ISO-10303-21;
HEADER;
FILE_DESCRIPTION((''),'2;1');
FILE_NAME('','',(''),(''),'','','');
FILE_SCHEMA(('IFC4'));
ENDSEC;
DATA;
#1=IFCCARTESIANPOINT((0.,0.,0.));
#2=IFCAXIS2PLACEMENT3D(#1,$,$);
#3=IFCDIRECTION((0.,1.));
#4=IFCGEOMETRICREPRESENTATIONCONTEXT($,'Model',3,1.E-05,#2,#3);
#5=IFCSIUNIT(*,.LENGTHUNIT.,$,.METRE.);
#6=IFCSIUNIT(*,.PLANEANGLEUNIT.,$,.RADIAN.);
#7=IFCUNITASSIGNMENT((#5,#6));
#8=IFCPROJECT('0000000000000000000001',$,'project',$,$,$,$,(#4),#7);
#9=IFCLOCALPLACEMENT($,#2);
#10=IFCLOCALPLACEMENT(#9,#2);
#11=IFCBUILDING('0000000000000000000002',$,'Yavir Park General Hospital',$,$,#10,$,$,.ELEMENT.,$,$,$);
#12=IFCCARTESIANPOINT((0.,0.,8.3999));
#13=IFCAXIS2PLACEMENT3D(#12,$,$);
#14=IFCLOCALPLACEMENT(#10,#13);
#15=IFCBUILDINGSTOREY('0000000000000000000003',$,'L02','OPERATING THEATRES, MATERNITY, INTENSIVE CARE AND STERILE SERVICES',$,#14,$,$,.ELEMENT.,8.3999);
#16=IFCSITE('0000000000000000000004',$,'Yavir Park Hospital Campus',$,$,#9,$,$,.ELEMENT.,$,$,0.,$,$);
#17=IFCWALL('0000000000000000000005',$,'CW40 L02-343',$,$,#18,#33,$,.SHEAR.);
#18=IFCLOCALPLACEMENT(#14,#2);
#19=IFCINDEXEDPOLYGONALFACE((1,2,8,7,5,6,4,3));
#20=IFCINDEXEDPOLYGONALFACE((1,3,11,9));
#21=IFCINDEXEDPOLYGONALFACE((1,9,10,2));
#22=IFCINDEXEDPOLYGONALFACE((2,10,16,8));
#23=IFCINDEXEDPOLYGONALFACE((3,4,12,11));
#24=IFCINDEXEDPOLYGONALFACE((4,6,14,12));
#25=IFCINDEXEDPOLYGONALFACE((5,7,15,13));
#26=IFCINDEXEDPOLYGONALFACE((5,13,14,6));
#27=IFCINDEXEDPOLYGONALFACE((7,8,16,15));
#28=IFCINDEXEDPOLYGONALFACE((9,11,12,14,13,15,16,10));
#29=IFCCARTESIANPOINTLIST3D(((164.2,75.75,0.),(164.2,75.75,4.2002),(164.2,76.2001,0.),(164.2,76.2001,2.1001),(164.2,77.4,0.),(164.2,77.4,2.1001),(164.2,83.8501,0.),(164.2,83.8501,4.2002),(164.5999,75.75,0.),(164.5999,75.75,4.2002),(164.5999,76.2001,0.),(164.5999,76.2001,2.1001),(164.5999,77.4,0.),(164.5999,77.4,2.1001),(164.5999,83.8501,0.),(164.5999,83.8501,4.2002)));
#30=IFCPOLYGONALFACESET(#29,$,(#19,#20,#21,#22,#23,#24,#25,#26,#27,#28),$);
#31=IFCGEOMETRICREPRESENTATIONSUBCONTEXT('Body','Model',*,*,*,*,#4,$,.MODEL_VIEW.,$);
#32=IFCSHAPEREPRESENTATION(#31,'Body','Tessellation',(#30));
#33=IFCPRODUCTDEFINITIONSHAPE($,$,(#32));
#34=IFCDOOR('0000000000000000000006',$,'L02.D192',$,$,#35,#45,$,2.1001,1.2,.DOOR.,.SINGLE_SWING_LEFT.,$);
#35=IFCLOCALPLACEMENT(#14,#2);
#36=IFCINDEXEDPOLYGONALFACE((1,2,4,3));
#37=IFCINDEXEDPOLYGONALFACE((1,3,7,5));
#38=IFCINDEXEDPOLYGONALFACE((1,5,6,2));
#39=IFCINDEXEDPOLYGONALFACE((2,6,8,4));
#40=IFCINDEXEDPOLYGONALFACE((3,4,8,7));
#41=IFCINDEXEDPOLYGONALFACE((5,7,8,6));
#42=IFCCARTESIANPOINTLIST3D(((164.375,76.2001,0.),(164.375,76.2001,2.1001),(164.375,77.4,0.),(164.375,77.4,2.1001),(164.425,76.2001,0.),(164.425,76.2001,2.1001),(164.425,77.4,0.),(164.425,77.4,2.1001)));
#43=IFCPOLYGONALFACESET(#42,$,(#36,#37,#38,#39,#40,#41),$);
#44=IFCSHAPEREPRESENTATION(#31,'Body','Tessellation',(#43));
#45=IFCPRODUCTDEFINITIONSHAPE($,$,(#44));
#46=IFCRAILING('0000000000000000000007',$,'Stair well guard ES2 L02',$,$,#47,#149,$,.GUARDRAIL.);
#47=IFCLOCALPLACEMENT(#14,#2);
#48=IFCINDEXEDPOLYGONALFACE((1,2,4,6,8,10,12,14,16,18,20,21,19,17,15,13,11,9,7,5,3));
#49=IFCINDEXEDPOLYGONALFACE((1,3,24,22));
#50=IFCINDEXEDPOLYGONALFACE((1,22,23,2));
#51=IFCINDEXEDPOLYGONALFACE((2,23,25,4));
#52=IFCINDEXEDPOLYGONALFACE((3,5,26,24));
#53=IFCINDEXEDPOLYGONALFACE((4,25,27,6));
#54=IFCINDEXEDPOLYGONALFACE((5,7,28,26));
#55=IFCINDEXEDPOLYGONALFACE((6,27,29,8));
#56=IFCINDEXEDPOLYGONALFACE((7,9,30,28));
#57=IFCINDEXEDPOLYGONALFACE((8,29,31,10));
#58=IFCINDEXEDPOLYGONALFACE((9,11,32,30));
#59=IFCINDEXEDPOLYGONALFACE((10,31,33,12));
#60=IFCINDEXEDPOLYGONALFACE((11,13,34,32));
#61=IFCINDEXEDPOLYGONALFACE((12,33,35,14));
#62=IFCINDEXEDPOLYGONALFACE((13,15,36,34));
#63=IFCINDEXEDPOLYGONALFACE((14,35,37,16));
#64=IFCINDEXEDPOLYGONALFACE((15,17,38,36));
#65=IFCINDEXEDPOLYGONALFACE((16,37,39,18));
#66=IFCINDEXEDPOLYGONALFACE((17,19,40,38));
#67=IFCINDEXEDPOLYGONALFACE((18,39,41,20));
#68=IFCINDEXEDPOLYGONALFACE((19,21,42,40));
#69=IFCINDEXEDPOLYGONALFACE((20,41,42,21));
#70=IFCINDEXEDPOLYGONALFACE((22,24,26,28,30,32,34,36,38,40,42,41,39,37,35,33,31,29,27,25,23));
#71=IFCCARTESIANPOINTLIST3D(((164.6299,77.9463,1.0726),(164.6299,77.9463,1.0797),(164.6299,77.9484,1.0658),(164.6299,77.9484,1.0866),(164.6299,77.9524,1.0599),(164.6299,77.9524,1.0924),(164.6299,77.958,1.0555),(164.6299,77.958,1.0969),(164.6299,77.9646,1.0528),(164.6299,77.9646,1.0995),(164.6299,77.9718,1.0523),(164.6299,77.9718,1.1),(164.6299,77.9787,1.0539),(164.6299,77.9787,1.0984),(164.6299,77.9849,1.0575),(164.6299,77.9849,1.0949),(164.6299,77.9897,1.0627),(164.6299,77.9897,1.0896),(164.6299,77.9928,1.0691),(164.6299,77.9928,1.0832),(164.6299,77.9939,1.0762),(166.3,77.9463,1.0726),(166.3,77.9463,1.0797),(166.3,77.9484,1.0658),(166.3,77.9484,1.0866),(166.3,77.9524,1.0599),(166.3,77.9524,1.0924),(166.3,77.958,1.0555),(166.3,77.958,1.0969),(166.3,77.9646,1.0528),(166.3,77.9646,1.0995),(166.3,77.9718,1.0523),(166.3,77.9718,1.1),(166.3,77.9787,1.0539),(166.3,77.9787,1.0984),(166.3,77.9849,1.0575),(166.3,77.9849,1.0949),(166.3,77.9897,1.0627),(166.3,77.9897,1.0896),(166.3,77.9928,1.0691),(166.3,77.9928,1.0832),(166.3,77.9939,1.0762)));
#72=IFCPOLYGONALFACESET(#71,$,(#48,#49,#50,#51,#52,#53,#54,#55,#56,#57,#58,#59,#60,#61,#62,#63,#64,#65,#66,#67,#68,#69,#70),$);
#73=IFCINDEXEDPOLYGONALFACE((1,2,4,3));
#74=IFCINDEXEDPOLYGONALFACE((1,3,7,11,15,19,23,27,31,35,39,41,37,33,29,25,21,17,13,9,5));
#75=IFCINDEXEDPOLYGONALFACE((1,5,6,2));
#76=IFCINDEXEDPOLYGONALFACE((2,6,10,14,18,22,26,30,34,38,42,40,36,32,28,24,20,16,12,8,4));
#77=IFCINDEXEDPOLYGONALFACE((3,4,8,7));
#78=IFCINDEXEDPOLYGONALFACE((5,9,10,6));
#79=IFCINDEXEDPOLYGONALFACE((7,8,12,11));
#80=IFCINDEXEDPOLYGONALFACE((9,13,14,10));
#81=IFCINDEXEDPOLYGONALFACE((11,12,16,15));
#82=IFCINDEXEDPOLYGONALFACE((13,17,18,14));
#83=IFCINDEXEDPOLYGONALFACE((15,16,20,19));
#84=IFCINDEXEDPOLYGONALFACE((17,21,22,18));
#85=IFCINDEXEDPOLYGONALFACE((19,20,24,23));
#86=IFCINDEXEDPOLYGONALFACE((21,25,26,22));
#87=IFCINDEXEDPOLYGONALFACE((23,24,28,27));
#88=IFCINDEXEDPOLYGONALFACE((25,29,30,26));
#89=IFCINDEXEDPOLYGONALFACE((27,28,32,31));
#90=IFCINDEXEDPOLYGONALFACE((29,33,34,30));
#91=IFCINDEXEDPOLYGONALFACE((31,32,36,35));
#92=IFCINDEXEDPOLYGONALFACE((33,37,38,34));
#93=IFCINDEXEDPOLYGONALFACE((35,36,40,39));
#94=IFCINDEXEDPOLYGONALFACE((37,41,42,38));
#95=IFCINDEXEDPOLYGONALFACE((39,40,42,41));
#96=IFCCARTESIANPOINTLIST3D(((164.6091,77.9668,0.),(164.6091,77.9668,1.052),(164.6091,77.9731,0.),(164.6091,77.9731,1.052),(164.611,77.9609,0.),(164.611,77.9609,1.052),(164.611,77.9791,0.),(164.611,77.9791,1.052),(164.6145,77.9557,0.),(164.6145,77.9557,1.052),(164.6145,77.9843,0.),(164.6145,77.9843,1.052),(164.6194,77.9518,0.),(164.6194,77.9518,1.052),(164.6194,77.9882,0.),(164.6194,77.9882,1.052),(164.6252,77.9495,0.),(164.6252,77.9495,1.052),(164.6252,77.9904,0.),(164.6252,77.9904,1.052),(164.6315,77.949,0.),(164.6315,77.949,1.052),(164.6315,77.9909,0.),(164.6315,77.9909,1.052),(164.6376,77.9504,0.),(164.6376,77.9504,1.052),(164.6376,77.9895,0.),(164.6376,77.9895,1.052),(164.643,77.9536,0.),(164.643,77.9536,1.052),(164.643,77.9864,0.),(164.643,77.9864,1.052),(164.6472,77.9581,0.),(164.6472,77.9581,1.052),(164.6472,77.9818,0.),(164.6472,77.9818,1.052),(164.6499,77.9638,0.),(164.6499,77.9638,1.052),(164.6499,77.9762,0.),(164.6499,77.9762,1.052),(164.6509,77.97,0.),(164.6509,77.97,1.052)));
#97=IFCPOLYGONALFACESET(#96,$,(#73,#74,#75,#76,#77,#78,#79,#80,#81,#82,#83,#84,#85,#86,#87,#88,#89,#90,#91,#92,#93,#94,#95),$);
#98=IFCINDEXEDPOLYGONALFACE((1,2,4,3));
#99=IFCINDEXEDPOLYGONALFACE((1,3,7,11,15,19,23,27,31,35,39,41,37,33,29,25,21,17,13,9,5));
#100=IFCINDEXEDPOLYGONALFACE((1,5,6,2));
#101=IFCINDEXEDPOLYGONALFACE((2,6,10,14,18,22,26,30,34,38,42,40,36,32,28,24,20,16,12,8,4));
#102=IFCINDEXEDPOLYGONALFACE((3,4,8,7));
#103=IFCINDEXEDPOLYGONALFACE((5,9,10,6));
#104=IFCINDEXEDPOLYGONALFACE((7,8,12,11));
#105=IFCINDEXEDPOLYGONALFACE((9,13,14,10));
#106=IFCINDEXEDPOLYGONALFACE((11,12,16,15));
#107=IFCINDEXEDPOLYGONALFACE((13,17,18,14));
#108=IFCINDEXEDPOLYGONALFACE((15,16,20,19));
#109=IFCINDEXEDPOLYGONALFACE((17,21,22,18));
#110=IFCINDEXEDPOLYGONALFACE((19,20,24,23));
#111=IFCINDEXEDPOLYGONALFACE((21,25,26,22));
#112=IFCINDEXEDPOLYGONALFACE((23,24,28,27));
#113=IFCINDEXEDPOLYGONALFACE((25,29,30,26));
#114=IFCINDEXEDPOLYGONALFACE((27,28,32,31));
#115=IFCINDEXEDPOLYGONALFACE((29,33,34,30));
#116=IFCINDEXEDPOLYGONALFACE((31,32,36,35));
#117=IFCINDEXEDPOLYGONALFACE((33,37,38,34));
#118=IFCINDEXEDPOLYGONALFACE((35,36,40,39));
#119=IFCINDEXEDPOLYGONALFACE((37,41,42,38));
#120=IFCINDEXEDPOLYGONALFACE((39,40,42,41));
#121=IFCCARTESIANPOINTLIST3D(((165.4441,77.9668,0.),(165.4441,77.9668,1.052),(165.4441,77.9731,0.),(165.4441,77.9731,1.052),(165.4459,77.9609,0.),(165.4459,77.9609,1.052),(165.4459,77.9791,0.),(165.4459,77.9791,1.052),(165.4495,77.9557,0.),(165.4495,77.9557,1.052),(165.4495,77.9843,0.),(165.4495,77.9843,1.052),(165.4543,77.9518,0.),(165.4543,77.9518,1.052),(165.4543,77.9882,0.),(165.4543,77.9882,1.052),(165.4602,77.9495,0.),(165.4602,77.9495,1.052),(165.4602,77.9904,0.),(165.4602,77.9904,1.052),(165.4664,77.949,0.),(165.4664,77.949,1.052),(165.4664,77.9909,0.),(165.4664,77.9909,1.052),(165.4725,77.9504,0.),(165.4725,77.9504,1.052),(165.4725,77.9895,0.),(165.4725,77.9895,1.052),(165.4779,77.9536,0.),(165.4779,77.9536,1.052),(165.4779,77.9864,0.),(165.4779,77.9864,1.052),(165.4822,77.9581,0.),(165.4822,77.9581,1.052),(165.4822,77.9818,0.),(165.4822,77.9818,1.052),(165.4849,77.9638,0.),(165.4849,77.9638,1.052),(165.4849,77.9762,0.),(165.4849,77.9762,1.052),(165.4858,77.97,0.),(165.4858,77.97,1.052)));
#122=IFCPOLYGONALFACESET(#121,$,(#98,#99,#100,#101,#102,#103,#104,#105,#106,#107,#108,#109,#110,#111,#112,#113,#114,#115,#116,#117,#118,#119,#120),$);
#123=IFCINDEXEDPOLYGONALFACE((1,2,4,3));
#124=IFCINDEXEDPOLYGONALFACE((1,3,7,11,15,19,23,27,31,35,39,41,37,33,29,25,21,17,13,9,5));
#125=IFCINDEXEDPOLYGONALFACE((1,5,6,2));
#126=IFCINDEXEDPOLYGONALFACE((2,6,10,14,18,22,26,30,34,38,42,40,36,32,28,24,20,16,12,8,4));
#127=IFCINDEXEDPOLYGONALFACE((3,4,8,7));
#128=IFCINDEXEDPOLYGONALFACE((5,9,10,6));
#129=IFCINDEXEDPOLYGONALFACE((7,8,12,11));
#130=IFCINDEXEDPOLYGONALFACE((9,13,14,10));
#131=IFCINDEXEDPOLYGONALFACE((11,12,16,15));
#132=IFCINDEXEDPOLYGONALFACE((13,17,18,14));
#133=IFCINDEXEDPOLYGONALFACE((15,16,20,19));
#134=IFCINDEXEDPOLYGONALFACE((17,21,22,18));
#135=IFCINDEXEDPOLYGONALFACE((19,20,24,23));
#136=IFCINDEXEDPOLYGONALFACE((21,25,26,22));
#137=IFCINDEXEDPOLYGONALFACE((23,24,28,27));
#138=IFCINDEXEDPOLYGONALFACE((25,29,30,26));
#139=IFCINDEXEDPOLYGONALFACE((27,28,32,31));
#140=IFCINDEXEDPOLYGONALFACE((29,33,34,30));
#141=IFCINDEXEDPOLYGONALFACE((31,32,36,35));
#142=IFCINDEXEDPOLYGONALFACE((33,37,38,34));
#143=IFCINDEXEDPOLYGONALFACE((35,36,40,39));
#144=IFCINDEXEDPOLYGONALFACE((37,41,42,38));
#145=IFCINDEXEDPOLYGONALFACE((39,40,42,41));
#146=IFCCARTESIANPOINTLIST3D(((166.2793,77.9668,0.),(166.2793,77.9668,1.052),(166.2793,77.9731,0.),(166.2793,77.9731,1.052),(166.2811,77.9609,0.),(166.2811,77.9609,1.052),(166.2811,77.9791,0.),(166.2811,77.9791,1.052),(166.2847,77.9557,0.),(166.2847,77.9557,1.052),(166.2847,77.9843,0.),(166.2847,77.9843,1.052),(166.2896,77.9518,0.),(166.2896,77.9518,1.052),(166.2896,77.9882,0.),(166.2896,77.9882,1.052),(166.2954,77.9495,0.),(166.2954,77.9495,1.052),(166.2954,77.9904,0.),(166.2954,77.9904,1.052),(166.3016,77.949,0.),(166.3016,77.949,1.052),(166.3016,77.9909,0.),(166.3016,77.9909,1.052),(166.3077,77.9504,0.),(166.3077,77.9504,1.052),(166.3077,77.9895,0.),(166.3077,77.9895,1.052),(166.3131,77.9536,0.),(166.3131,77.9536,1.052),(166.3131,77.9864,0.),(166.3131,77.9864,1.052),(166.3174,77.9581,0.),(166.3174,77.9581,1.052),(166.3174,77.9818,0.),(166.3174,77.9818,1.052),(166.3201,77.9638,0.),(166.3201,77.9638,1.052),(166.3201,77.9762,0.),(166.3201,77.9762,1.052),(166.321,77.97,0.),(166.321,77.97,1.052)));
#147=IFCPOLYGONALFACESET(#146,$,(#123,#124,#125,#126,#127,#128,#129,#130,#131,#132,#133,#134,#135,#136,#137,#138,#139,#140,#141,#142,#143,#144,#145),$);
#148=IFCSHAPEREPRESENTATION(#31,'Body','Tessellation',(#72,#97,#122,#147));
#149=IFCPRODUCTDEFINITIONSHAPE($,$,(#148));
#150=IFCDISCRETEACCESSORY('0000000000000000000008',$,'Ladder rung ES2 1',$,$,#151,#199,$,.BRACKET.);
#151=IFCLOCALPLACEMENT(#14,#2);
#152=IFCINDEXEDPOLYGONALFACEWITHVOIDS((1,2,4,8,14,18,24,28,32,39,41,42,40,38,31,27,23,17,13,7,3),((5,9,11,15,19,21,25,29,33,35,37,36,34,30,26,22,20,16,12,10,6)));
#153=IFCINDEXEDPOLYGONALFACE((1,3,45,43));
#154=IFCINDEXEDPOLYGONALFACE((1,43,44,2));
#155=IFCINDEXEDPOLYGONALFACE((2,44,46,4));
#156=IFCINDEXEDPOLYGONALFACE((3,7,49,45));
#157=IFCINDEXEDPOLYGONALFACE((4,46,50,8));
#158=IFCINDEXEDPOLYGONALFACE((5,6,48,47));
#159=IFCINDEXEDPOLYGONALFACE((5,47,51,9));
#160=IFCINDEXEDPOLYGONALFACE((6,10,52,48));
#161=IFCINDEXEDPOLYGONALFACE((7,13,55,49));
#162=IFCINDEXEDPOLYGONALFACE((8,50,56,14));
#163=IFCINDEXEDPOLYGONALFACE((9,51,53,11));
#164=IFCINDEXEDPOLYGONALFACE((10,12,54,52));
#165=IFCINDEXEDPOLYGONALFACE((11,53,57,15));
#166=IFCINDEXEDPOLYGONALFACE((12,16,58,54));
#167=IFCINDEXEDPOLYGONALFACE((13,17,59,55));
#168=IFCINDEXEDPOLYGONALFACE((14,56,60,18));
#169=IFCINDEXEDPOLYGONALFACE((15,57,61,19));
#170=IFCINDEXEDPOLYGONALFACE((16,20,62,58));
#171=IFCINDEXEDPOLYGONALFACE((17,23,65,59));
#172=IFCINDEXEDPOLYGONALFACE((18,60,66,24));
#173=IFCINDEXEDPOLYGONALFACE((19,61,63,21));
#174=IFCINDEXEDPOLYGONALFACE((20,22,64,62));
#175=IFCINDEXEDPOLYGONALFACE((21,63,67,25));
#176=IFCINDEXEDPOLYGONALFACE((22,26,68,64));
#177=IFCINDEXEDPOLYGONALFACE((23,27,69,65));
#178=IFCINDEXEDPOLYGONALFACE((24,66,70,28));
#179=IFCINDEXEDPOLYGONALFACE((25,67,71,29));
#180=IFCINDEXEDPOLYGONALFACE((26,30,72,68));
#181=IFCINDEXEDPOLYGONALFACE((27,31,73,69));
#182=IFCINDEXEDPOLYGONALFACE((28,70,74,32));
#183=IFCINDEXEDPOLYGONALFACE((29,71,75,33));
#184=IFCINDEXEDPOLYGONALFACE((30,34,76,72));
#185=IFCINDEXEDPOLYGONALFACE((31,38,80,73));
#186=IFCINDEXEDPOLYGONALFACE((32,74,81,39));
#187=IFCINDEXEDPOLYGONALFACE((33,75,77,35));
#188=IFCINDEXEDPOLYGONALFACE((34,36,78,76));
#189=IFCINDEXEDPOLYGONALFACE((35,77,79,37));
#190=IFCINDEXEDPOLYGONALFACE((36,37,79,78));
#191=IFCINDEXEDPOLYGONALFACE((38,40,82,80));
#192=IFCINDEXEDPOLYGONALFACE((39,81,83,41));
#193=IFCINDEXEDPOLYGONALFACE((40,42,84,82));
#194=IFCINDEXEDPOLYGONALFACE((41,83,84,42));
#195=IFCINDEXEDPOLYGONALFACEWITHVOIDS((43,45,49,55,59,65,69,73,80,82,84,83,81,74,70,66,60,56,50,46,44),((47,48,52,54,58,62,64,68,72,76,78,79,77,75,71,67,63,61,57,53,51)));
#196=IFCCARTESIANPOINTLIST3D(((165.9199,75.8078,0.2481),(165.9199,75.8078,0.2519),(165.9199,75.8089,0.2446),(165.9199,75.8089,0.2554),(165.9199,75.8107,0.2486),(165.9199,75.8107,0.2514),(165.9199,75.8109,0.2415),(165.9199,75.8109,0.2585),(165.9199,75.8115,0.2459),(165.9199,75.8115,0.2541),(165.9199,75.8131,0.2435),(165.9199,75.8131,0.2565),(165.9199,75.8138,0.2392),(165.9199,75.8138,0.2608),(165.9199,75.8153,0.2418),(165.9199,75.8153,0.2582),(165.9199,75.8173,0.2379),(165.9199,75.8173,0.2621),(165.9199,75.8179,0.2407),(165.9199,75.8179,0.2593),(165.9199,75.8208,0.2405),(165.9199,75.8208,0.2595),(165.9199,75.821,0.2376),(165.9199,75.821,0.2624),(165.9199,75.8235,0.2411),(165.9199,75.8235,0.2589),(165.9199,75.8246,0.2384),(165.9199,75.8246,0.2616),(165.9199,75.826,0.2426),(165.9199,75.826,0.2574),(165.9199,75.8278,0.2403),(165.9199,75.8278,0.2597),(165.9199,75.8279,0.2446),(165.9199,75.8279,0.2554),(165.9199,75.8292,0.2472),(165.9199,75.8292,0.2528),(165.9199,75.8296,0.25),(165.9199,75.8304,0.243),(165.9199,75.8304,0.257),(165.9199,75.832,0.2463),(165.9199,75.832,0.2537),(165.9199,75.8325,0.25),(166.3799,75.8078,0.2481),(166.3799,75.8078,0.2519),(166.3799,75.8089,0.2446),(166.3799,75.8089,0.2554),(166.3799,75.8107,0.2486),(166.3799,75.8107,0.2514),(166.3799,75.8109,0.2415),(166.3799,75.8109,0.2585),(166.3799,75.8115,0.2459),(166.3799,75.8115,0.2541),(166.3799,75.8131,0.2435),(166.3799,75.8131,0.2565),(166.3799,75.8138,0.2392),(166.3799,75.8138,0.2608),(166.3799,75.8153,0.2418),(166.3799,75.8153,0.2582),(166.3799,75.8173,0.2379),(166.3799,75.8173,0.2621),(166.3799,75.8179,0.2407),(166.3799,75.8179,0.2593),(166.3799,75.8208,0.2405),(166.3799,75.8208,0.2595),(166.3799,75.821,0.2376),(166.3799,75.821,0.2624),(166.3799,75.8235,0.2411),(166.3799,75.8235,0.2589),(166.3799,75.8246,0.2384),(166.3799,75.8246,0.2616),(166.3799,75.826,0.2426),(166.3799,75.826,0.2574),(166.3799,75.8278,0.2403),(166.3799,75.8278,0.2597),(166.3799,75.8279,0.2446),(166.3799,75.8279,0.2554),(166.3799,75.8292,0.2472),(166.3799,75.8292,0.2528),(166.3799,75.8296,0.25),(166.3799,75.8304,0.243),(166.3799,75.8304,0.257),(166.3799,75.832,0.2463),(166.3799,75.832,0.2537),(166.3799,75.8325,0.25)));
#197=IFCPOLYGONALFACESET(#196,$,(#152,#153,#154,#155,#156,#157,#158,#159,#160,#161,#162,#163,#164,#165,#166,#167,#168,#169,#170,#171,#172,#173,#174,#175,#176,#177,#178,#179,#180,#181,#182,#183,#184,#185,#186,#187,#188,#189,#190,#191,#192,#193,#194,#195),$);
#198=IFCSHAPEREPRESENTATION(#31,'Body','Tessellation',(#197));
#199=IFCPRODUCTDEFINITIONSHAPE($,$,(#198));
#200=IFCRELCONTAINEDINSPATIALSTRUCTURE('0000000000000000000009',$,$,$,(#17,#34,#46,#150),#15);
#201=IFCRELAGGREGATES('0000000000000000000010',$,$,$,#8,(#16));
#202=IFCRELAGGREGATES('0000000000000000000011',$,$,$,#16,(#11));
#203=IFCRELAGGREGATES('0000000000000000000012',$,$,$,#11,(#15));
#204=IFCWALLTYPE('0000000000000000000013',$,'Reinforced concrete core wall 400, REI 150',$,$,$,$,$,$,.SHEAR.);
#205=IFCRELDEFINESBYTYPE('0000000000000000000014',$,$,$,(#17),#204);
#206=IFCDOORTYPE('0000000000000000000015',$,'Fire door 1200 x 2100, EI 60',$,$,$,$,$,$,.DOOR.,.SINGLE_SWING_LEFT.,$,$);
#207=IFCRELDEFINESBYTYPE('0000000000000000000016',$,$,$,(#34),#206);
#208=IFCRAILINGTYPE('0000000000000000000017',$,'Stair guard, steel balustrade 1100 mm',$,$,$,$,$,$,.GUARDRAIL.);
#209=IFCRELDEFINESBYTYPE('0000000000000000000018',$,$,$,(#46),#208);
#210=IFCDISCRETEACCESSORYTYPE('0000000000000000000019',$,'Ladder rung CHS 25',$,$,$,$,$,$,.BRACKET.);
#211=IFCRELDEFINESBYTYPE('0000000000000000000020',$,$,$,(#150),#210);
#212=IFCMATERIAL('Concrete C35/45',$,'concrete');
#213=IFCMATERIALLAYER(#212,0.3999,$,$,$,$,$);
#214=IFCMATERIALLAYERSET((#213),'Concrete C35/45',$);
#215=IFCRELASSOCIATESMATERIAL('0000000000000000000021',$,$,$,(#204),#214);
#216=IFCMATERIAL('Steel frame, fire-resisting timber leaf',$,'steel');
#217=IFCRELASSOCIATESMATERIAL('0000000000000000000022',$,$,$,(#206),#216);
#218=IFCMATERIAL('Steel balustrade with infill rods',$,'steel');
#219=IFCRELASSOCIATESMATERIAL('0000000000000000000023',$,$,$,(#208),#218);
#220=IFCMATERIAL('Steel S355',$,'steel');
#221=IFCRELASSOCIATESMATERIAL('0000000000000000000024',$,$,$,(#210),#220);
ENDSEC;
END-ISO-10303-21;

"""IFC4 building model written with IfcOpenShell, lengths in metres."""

from ifc_helpers import new_model, si_unit, direction, frame, frame_2d, origin, origin_2d, place, context, subcontext, project, spatial, rectangle, circle, hollow_circle, extrude, material, layer, layer_set, material_profile, profile_set, type_object, element, fill, save


model = new_model("IFC4")

# Units and contexts
model_context = context("Model", 3, precision=1e-05, world=origin(), true_north=direction((0.0, 1.0)))
body_context = subcontext(model_context, "Body", "Model", "MODEL_VIEW")
ifc_project = project(units=[si_unit("LENGTHUNIT", "METRE"), si_unit("PLANEANGLEUNIT", "RADIAN")], contexts=[model_context])

# Site, building, storey
site_placement = place(None, origin())
site = spatial("IfcSite", under=ifc_project, at=site_placement, Name="Yavir Park Hospital Campus", CompositionType="ELEMENT", RefElevation=0.0)
building_placement = place(site_placement, origin())
building = spatial("IfcBuilding", under=site, at=building_placement, Name="Yavir Park General Hospital", CompositionType="ELEMENT")
storey_placement = place(building_placement, frame((0.0, 0.0, 8.3999)))
storey = spatial("IfcBuildingStorey", under=building, at=storey_placement, Name="L02", Description="OPERATING THEATRES, MATERNITY, INTENSIVE CARE AND STERILE SERVICES", CompositionType="ELEMENT", Elevation=8.3999)

# Wall, opening, door
ifc_material_1 = material(Name="Concrete C35/45", Category="concrete")
ifc_layer_1 = layer(ifc_material_1, 0.3999)
ifc_layer_set_1 = layer_set([ifc_layer_1], Name="Concrete C35/45")
wall_type_1 = type_object("IfcWallType", Name="Reinforced concrete core wall 400, REI 150", PredefinedType="SHEAR", material=ifc_layer_set_1)
wall_1_placement = place(storey_placement, frame((164.3999, 75.75, 0.0), z_axis=(0.0, 0.0, 1.0), x_axis=(0.0, 1.0, 0.0)))
wall_1 = element("IfcWall", 1, at=wall_1_placement, inside=storey, type_object=wall_type_1, Name="CW40 L02-343", PredefinedType="SHEAR", context=body_context, shape_type="SweptSolid", body=[
    extrude(rectangle(XDim=8.1001, YDim=0.3999, at=frame_2d((4.05, 0.0))), origin(), (0.0, 0.0, 1.0), 4.2002),
])
opening_placement = place(wall_1_placement, frame((0.45, 0.0, 0.0)))
opening = element("IfcOpeningElement", 2, at=opening_placement, cuts=wall_1, PredefinedType="OPENING", context=body_context, shape_type="SweptSolid", body=[
    extrude(rectangle(XDim=1.2, YDim=2.1001, at=frame_2d((0.6001, 1.05))), frame((0.0, 0.21, 0.0), z_axis=(0.0, -1.0, 0.0), x_axis=(1.0, 0.0, 0.0)), (0.0, 0.0, 1.0), 0.4199),
])
ifc_material_2 = material(Name="Steel frame, fire-resisting timber leaf", Category="steel")
door_type = type_object("IfcDoorType", Name="Fire door 1200 x 2100, EI 60", OperationType="SINGLE_SWING_LEFT", PredefinedType="DOOR", material=ifc_material_2)
door_placement = place(opening_placement, origin())
door = element("IfcDoor", 3, at=door_placement, inside=storey, type_object=door_type, Name="L02.D192", OperationType="SINGLE_SWING_LEFT", OverallHeight=2.1001, OverallWidth=1.2, PredefinedType="DOOR", context=body_context, shape_type="SweptSolid", body=[
    extrude(rectangle(XDim=1.2, YDim=2.1001, at=frame_2d((0.6001, 1.05))), frame((0.0, 0.0249, 0.0), z_axis=(0.0, -1.0, 0.0), x_axis=(1.0, 0.0, 0.0)), (0.0, 0.0, 1.0), 0.05),
])
fill(opening, door)

# Railing
ifc_material_3 = material(Name="Steel balustrade with infill rods", Category="steel")
railing_type = type_object("IfcRailingType", Name="Stair guard, steel balustrade 1100 mm", PredefinedType="GUARDRAIL", material=ifc_material_3)
railing_placement = place(storey_placement, frame((164.6299, 77.97, 0.0)))
element("IfcRailing", 4, at=railing_placement, inside=storey, type_object=railing_type, Name="Stair well guard ES2 L02", PredefinedType="GUARDRAIL", context=body_context, shape_type="SweptSolid", body=[
    extrude(circle(Radius=0.0239, at=origin_2d()), frame((0.0, 0.0, 1.0762), z_axis=(1.0, 0.0, 0.0), x_axis=(0.0, 1.0, 0.0)), (0.0, 0.0, 1.0), 1.6702),
    extrude(circle(Radius=0.021, at=origin_2d()), origin(), (0.0, 0.0, 1.0), 1.052),
    extrude(circle(Radius=0.021, at=origin_2d()), frame((0.835, 0.0, 0.0)), (0.0, 0.0, 1.0), 1.052),
    extrude(circle(Radius=0.021, at=origin_2d()), frame((1.6702, 0.0, 0.0)), (0.0, 0.0, 1.0), 1.052),
])

# Discrete accessory
ifc_material_4 = material(Name="Steel S355", Category="steel")
ifc_material_profile_1 = material_profile(ifc_material_4, hollow_circle(Radius=0.0125, WallThickness=0.0029, at=origin_2d()), Name="CHS25x3")
ifc_profile_set_1 = profile_set([ifc_material_profile_1], Name="Steel S355")
discrete_accessory_type_1 = type_object("IfcDiscreteAccessoryType", Name="Ladder rung CHS 25", PredefinedType="BRACKET", material=ifc_profile_set_1)
for number, where, z_axis, x_axis, name in (
    (5, (165.9199, 75.8201, 0.25), (1.0, 0.0, 0.0), (0.0, 1.0, 0.0), "Ladder rung ES2 1"),
):
    element("IfcDiscreteAccessory", number, at=place(storey_placement, frame(where, z_axis=z_axis, x_axis=x_axis)), inside=storey, type_object=discrete_accessory_type_1, Name=name, PredefinedType="BRACKET", context=body_context, shape_type="SweptSolid", body=[
        extrude(hollow_circle(Radius=0.0125, WallThickness=0.0029, at=origin_2d()), origin(), (0.0, 0.0, 1.0), 0.46),
    ])

save(model, "model.ifc")
